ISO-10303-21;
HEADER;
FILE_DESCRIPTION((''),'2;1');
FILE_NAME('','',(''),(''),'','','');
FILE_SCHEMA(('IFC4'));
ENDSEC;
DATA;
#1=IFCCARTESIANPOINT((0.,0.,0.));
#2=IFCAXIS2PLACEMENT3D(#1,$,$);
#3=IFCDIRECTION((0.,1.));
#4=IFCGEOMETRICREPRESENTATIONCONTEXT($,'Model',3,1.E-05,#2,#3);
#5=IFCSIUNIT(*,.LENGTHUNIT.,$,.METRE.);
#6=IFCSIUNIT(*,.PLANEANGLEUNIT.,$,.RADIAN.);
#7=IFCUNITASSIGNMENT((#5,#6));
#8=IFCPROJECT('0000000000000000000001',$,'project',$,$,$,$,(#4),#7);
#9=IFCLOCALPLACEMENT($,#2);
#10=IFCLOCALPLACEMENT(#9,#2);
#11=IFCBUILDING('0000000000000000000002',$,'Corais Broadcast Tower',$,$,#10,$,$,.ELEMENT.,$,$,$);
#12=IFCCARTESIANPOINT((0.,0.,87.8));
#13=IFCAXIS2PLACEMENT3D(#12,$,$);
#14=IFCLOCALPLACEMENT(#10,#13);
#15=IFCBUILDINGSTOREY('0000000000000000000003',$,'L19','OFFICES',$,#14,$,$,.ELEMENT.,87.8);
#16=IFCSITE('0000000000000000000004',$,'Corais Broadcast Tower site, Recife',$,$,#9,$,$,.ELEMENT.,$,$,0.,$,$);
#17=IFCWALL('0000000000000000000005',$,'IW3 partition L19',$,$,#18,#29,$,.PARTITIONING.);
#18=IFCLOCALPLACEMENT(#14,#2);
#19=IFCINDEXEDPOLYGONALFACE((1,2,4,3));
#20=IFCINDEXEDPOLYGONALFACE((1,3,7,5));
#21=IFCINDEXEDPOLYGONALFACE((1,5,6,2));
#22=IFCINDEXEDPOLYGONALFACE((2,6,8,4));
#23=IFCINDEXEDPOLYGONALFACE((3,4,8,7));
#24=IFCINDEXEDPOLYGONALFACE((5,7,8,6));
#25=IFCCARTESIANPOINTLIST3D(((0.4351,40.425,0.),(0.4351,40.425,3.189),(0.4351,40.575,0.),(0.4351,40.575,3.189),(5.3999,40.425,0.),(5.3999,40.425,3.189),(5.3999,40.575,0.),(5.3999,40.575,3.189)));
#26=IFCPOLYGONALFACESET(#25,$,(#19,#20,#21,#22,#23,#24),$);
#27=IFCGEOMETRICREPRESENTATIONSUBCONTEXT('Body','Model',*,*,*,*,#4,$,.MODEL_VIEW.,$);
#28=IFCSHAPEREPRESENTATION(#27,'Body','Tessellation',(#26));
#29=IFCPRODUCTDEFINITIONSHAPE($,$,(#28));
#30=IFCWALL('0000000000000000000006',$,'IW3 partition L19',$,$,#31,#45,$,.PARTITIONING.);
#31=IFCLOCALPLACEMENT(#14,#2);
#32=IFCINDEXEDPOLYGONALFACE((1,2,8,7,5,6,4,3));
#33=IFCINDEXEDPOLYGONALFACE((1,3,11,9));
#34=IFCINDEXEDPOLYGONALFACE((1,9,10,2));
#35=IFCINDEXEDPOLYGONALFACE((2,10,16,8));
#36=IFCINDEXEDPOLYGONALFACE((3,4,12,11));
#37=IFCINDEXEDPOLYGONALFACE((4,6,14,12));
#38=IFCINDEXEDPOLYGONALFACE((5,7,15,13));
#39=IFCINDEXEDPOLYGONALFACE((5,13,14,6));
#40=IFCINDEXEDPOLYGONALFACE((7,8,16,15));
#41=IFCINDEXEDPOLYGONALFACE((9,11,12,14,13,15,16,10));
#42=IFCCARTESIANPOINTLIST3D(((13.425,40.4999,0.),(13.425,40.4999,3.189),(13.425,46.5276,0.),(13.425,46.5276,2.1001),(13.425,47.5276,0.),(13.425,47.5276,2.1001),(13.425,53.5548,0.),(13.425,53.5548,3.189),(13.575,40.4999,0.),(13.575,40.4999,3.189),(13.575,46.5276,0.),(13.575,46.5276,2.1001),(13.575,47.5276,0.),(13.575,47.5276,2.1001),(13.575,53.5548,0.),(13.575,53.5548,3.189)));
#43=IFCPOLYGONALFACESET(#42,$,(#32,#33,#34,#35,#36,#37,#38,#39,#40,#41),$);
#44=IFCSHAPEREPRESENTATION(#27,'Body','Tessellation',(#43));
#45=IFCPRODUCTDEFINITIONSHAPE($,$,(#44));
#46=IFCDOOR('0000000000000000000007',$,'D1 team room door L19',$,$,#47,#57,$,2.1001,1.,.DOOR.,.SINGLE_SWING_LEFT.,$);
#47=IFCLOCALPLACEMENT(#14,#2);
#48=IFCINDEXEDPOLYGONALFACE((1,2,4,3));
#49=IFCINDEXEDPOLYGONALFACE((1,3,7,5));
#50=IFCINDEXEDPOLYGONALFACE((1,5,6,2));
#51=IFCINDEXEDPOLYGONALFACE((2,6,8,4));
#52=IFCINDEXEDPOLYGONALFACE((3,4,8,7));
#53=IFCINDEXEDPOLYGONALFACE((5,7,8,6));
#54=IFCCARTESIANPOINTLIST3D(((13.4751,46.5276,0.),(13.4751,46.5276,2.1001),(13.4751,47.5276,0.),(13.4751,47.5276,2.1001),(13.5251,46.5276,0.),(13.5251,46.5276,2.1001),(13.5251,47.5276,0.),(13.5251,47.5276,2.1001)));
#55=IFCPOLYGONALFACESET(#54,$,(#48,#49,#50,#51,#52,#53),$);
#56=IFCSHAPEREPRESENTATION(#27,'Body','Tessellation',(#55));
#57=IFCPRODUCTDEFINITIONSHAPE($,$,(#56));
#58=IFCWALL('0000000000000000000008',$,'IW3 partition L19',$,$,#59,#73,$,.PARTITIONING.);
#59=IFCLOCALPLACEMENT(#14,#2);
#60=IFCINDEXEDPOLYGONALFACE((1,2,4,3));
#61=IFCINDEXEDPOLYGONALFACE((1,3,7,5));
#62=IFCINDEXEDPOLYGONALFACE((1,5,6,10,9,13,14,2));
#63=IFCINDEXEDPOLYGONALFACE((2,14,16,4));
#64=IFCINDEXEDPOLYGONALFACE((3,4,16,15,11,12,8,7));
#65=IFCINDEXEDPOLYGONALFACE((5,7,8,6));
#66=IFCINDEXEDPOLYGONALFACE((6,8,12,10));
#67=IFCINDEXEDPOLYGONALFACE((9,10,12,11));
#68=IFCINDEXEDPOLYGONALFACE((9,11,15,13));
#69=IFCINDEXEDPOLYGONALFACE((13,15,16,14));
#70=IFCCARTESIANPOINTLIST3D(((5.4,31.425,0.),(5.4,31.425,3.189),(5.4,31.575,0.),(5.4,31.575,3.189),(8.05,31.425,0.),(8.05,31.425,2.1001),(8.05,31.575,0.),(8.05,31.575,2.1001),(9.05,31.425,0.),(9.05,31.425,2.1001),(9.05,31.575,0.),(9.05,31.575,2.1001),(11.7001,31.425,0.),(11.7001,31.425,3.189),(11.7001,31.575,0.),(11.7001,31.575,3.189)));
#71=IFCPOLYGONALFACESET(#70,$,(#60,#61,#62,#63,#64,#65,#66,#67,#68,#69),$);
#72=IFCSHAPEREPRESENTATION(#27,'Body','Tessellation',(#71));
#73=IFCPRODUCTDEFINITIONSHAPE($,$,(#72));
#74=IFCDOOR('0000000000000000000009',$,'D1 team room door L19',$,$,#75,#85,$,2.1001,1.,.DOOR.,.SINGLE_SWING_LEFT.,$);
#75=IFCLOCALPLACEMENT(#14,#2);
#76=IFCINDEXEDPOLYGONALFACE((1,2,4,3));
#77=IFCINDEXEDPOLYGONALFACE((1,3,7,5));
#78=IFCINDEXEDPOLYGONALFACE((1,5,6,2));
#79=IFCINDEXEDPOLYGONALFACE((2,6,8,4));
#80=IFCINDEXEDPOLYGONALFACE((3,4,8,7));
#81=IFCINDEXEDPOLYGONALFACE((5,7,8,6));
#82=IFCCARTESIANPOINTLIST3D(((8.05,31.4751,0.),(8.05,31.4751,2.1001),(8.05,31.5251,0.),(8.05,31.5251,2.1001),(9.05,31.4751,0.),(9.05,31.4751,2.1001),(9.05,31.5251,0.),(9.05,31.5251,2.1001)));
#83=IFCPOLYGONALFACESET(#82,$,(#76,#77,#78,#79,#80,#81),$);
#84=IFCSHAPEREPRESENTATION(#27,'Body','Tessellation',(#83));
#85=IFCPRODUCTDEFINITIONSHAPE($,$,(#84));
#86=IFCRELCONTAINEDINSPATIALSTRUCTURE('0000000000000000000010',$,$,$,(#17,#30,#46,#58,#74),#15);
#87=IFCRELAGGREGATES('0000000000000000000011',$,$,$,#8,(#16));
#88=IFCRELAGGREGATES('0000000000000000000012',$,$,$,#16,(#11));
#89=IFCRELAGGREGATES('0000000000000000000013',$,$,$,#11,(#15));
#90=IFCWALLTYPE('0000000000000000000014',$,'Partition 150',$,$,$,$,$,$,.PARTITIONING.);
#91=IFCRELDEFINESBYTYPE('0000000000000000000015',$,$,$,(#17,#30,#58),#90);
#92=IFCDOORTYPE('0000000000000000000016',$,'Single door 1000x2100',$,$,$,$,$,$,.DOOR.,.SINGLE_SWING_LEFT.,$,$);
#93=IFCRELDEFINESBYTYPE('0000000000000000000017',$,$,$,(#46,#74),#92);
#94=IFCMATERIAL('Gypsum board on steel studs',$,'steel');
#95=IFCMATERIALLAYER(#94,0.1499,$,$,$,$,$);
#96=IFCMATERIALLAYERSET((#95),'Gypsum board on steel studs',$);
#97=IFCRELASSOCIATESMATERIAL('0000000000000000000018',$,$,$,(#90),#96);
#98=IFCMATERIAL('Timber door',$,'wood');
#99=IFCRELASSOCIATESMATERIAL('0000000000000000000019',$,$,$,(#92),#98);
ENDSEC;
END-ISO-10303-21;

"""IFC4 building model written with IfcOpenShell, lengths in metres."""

from ifc_helpers import new_model, si_unit, direction, frame, frame_2d, origin, place, context, subcontext, project, spatial, rectangle, extrude, material, layer, layer_set, type_object, element, fill, save


model = new_model("IFC4")

# Units and contexts
model_context = context("Model", 3, precision=1e-05, world=origin(), true_north=direction((0.0, 1.0)))
body_context = subcontext(model_context, "Body", "Model", "MODEL_VIEW")
ifc_project = project(units=[si_unit("LENGTHUNIT", "METRE"), si_unit("PLANEANGLEUNIT", "RADIAN")], contexts=[model_context])

# Site, building, storey
site_placement = place(None, origin())
site = spatial("IfcSite", under=ifc_project, at=site_placement, Name="Corais Broadcast Tower site, Recife", CompositionType="ELEMENT", RefElevation=0.0)
building_placement = place(site_placement, origin())
building = spatial("IfcBuilding", under=site, at=building_placement, Name="Corais Broadcast Tower", CompositionType="ELEMENT")
storey_placement = place(building_placement, frame((0.0, 0.0, 87.8)))
storey = spatial("IfcBuildingStorey", under=building, at=storey_placement, Name="L19", Description="OFFICES", CompositionType="ELEMENT", Elevation=87.8)

# Shared definitions
ifc_material_1 = material(Name="Gypsum board on steel studs", Category="steel")
ifc_layer_1 = layer(ifc_material_1, 0.1499)
ifc_layer_set_1 = layer_set([ifc_layer_1], Name="Gypsum board on steel studs")
wall_type_1 = type_object("IfcWallType", Name="Partition 150", PredefinedType="PARTITIONING", material=ifc_layer_set_1)
ifc_material_2 = material(Name="Timber door", Category="wood")
door_type_1 = type_object("IfcDoorType", Name="Single door 1000x2100", OperationType="SINGLE_SWING_LEFT", PredefinedType="DOOR", material=ifc_material_2)

# Wall
wall_1_placement = place(storey_placement, frame((5.3999, 40.5, 0.0), z_axis=(0.0, 0.0, 1.0), x_axis=(-1.0, 0.0, 0.0)))
element("IfcWall", 1, at=wall_1_placement, inside=storey, type_object=wall_type_1, Name="IW3 partition L19", PredefinedType="PARTITIONING", context=body_context, shape_type="SweptSolid", body=[
    extrude(rectangle(XDim=4.9648, YDim=0.1499, at=frame_2d((2.4824, 0.0))), origin(), (0.0, 0.0, 1.0), 3.189),
])

# Walls, openings, doors
wall_2_placement = place(storey_placement, frame((13.5, 40.5, 0.0), z_axis=(0.0, 0.0, 1.0), x_axis=(0.0, 1.0, 0.0)))
wall_2 = element("IfcWall", 2, at=wall_2_placement, inside=storey, type_object=wall_type_1, Name="IW3 partition L19", PredefinedType="PARTITIONING", context=body_context, shape_type="SweptSolid", body=[
    extrude(rectangle(XDim=13.0549, YDim=0.1499, at=frame_2d((6.5273, 0.0))), origin(), (0.0, 0.0, 1.0), 3.189),
])
opening_1_placement = place(wall_2_placement, frame((6.0276, 0.0, 0.0)))
opening_1 = element("IfcOpeningElement", 3, at=opening_1_placement, cuts=wall_2, PredefinedType="OPENING", context=body_context, shape_type="SweptSolid", body=[
    extrude(rectangle(XDim=1.0, YDim=2.1001, at=frame_2d((0.5, 1.05))), frame((0.0, 0.085, 0.0), z_axis=(0.0, -1.0, 0.0), x_axis=(1.0, 0.0, 0.0)), (0.0, 0.0, 1.0), 0.1699),
])
door_1_placement = place(opening_1_placement, origin())
door_1 = element("IfcDoor", 4, at=door_1_placement, inside=storey, type_object=door_type_1, Name="D1 team room door L19", OperationType="SINGLE_SWING_LEFT", OverallHeight=2.1001, OverallWidth=1.0, PredefinedType="DOOR", context=body_context, shape_type="SweptSolid", body=[
    extrude(rectangle(XDim=1.0, YDim=2.1001, at=frame_2d((0.5, 1.05))), frame((0.0, 0.0249, 0.0), z_axis=(0.0, -1.0, 0.0), x_axis=(1.0, 0.0, 0.0)), (0.0, 0.0, 1.0), 0.05),
])
fill(opening_1, door_1)
wall_3_placement = place(storey_placement, frame((11.7, 31.5, 0.0), z_axis=(0.0, 0.0, 1.0), x_axis=(-1.0, 0.0, 0.0)))
wall_3 = element("IfcWall", 5, at=wall_3_placement, inside=storey, type_object=wall_type_1, Name="IW3 partition L19", PredefinedType="PARTITIONING", context=body_context, shape_type="SweptSolid", body=[
    extrude(rectangle(XDim=6.3, YDim=0.1499, at=frame_2d((3.1499, 0.0))), origin(), (0.0, 0.0, 1.0), 3.189),
])
opening_2_placement = place(wall_3_placement, frame((2.6499, 0.0, 0.0)))
opening_2 = element("IfcOpeningElement", 6, at=opening_2_placement, cuts=wall_3, PredefinedType="OPENING", context=body_context, shape_type="SweptSolid", body=[
    extrude(rectangle(XDim=1.0, YDim=2.1001, at=frame_2d((0.5, 1.05))), frame((0.0, 0.085, 0.0), z_axis=(0.0, -1.0, 0.0), x_axis=(1.0, 0.0, 0.0)), (0.0, 0.0, 1.0), 0.1699),
])
door_2_placement = place(opening_2_placement, origin())
door_2 = element("IfcDoor", 7, at=door_2_placement, inside=storey, type_object=door_type_1, Name="D1 team room door L19", OperationType="SINGLE_SWING_LEFT", OverallHeight=2.1001, OverallWidth=1.0, PredefinedType="DOOR", context=body_context, shape_type="SweptSolid", body=[
    extrude(rectangle(XDim=1.0, YDim=2.1001, at=frame_2d((0.5, 1.05))), frame((0.0, 0.0249, 0.0), z_axis=(0.0, -1.0, 0.0), x_axis=(1.0, 0.0, 0.0)), (0.0, 0.0, 1.0), 0.05),
])
fill(opening_2, door_2)

save(model, "model.ifc")
